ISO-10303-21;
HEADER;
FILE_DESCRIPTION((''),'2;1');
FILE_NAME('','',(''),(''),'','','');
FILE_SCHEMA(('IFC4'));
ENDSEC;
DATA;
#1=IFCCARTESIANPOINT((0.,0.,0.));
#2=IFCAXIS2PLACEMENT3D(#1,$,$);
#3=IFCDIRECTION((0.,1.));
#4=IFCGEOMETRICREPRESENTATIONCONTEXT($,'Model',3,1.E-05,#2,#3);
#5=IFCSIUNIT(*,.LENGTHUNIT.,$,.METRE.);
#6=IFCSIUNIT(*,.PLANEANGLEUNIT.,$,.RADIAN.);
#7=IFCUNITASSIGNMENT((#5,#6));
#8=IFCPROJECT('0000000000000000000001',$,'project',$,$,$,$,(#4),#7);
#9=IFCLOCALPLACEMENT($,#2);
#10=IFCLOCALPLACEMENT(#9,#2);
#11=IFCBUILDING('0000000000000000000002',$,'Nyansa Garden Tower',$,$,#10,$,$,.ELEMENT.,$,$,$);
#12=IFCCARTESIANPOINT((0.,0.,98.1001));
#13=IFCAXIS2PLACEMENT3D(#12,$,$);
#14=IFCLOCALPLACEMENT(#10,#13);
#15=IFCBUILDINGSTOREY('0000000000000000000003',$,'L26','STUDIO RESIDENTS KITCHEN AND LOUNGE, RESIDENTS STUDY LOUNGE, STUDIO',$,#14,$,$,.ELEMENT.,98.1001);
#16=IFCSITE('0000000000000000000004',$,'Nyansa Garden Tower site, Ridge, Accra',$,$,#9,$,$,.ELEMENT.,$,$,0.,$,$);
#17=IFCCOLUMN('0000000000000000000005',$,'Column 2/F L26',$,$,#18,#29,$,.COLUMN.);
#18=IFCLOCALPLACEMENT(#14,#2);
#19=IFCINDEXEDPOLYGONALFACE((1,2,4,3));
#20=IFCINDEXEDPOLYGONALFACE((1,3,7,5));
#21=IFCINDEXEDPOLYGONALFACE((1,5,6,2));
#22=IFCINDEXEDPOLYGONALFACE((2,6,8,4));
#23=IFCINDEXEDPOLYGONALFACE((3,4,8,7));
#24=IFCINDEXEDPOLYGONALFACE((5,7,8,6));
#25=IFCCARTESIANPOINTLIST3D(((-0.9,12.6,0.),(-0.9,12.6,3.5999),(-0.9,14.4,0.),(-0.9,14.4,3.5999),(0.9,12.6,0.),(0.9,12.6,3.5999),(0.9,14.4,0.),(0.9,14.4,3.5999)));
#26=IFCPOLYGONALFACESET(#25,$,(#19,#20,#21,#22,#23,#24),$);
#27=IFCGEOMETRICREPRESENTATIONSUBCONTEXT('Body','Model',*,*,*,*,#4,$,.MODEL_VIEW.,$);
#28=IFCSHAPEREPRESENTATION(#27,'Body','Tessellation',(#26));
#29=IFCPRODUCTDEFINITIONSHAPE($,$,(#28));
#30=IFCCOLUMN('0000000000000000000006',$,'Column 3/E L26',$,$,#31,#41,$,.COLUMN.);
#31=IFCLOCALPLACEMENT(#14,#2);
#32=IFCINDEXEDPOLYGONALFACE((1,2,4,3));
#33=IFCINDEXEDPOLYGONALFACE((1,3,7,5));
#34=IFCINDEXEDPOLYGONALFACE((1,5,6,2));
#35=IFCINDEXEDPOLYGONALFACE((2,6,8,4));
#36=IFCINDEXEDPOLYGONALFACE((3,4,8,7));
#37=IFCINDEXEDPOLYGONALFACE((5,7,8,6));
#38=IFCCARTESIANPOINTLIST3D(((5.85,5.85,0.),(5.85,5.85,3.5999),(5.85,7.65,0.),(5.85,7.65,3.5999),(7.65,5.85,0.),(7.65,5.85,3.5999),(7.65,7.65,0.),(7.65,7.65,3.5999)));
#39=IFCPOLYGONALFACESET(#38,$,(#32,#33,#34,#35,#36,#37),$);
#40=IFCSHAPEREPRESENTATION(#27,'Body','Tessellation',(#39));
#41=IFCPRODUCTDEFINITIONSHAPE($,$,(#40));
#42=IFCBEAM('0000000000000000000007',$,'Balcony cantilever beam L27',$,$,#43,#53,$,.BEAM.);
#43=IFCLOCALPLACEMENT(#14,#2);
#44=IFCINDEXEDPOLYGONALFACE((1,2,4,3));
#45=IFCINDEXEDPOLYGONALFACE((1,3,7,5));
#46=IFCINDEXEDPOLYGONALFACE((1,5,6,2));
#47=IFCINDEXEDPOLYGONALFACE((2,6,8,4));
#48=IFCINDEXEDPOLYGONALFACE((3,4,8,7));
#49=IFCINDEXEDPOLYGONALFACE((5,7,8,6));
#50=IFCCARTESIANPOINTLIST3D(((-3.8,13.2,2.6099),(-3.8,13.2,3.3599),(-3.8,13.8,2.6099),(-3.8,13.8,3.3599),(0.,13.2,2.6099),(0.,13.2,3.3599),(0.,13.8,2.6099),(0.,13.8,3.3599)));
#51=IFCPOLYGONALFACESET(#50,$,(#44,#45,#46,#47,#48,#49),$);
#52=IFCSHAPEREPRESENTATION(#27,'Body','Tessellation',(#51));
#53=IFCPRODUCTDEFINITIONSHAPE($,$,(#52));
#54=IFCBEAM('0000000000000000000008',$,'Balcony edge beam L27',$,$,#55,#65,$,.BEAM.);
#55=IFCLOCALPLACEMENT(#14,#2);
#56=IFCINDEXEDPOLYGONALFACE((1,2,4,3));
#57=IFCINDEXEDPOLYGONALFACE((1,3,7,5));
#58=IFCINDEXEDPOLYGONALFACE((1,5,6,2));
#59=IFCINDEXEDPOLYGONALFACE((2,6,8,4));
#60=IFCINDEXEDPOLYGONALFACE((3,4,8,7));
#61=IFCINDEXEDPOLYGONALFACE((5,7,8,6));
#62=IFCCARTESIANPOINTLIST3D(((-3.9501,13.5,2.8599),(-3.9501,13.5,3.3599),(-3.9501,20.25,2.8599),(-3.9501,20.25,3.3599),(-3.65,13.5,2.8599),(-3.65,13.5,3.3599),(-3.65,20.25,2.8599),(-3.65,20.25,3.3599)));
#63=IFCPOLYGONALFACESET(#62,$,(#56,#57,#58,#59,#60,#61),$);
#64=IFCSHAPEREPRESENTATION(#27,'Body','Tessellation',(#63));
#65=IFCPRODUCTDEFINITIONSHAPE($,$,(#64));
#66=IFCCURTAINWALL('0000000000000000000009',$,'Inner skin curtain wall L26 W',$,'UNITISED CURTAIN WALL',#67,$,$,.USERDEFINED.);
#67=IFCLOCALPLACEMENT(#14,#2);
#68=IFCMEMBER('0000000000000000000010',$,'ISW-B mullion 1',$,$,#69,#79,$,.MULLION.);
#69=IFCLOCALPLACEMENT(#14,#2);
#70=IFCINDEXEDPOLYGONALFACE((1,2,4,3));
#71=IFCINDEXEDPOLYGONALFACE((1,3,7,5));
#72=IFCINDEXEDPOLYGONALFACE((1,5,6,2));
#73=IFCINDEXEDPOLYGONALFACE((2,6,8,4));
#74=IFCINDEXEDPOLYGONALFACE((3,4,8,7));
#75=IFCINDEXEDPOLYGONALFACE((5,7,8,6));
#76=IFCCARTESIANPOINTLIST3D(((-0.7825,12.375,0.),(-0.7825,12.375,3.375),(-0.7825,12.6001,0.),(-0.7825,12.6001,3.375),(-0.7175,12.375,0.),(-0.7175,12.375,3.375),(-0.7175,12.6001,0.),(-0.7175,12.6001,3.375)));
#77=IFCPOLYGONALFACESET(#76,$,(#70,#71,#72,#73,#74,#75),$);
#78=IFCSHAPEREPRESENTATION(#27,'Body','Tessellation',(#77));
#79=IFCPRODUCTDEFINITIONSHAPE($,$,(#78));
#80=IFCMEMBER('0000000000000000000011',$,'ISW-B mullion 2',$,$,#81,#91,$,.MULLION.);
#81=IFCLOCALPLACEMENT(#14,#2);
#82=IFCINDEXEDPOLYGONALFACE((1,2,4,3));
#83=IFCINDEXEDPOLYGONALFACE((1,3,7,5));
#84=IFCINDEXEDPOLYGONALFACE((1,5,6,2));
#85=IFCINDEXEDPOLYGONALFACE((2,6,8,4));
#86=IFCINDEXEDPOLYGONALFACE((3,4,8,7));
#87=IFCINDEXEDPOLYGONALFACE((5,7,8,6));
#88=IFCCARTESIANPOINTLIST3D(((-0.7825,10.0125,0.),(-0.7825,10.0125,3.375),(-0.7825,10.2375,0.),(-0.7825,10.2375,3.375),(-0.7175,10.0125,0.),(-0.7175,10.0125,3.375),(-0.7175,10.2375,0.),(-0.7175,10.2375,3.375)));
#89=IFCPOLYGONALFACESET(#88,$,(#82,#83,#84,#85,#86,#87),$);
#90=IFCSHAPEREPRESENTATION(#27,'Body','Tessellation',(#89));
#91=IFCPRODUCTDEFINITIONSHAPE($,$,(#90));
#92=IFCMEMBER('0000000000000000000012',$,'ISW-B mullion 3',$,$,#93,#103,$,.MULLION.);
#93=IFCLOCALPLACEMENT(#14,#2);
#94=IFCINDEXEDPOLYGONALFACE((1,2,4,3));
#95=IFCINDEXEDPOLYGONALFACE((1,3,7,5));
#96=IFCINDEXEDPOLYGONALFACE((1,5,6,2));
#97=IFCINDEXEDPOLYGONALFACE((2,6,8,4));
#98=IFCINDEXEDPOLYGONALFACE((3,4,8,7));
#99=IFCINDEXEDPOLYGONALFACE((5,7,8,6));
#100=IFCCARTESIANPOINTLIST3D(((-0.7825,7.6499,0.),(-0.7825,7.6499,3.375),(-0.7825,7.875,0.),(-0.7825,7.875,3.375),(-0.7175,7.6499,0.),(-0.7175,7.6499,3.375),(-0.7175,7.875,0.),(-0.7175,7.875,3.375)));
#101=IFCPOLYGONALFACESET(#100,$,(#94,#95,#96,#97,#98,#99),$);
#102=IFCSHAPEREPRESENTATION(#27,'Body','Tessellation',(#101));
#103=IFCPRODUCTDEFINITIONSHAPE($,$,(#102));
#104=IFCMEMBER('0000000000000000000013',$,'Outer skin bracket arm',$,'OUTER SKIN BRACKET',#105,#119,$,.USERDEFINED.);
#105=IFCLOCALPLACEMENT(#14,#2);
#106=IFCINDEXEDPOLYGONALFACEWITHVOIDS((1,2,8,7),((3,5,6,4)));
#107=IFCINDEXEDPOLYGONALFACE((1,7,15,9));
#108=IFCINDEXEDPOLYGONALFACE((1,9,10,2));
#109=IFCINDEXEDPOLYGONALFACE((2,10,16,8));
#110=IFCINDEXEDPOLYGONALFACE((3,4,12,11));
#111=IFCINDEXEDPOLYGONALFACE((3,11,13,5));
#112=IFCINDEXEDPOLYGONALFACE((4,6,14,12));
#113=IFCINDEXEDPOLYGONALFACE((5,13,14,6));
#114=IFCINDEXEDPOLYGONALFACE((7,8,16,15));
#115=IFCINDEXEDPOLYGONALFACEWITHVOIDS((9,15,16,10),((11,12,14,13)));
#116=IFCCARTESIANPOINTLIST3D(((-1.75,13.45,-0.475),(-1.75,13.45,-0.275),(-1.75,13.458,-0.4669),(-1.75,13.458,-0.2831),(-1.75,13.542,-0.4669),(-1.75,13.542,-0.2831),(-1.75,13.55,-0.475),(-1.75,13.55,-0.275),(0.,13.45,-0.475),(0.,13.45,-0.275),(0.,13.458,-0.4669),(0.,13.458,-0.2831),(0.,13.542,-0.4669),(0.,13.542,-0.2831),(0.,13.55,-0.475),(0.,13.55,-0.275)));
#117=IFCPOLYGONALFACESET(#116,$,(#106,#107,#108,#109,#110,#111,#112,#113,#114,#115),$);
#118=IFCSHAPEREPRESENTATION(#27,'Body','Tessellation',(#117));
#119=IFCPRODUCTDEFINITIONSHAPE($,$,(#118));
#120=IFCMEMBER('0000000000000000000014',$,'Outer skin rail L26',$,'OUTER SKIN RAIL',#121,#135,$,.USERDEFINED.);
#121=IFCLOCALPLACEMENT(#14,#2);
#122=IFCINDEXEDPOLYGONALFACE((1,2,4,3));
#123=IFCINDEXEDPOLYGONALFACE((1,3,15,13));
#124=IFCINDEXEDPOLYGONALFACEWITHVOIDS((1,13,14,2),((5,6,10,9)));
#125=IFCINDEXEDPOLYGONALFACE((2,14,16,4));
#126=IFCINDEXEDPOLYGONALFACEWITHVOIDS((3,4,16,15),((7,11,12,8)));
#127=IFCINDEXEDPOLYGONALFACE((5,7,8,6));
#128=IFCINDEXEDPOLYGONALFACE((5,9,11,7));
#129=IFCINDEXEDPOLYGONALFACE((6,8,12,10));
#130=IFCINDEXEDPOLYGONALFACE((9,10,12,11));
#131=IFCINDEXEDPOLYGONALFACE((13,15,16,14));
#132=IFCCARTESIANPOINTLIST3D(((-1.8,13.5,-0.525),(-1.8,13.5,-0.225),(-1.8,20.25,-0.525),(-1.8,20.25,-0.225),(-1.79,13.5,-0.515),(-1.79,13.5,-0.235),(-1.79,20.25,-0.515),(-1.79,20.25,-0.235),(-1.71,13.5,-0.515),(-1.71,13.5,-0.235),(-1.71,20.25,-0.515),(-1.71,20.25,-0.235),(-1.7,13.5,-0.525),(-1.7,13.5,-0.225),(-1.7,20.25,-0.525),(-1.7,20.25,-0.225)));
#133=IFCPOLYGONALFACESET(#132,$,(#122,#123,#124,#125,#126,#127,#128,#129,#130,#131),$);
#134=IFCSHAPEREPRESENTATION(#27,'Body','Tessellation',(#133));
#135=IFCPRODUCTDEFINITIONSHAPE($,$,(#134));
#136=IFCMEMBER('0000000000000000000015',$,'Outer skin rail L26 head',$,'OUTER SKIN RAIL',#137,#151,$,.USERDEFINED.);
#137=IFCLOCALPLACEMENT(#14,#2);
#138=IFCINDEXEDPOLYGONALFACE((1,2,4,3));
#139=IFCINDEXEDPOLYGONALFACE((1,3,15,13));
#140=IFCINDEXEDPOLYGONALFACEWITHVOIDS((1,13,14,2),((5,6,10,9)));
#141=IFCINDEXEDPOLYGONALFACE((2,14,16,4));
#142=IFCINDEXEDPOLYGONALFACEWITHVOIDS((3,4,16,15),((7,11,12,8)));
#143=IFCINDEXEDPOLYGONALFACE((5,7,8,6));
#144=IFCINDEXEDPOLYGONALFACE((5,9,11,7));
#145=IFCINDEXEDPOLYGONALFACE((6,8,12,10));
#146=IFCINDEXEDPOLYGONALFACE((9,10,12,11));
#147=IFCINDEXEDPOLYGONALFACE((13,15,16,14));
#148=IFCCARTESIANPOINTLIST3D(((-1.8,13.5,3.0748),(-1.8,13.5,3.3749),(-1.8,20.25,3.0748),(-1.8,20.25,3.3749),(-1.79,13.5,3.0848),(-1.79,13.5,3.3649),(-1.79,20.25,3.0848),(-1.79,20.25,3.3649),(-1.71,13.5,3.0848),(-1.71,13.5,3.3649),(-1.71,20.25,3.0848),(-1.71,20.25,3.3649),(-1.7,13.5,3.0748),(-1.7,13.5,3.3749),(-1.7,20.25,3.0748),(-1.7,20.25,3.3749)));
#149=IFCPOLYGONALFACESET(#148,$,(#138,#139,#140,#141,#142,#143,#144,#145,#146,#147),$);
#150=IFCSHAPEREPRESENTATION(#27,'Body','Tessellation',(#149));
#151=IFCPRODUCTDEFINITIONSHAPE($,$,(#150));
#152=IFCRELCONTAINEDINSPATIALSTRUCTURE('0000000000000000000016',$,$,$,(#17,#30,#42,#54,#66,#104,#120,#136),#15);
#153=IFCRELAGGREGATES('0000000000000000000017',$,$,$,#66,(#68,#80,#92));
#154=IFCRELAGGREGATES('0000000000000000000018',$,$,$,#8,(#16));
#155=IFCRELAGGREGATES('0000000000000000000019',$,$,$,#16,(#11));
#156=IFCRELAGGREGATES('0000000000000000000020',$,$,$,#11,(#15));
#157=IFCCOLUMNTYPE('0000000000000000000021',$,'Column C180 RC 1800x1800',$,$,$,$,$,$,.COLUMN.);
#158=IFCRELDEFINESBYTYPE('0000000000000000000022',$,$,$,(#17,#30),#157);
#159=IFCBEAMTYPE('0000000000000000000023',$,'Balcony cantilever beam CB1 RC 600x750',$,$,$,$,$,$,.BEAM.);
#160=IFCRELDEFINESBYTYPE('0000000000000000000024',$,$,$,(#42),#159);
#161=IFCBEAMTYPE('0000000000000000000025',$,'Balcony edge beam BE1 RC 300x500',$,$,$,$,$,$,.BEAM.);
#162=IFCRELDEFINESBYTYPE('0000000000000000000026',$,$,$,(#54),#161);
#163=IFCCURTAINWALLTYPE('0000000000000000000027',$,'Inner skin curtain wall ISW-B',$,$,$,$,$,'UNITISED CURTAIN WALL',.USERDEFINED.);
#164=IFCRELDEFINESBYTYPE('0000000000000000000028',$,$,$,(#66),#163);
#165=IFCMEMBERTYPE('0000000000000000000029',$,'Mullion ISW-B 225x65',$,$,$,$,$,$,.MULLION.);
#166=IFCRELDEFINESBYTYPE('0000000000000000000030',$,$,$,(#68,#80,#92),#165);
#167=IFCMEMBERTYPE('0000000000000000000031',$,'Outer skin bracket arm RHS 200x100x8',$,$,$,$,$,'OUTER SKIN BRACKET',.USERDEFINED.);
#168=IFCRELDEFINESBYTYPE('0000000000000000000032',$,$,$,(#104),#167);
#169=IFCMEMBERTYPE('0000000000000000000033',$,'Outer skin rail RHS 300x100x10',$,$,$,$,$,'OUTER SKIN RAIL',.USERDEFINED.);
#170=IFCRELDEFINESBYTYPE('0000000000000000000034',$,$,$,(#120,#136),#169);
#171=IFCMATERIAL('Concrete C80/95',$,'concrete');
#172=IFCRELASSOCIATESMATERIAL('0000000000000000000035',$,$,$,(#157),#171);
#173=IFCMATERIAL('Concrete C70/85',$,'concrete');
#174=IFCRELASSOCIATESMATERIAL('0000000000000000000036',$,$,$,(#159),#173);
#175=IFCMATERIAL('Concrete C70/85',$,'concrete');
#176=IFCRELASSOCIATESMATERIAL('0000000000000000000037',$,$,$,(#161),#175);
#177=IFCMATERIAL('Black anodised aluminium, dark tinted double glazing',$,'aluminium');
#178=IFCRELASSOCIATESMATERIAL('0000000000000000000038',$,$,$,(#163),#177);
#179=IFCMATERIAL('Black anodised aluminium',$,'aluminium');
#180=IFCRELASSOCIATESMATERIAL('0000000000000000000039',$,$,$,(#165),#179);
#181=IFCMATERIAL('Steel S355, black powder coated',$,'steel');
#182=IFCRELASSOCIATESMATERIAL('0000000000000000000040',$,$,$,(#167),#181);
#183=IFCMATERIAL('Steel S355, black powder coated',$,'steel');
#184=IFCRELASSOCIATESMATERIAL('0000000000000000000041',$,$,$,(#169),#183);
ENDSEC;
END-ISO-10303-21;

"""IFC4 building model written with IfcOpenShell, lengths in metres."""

from ifc_helpers import new_model, si_unit, direction, frame, origin, origin_2d, place, context, subcontext, project, spatial, rectangle, hollow_rectangle, extrude, material, material_profile, profile_set, type_object, element, aggregate, save


model = new_model("IFC4")

# Units and contexts
model_context = context("Model", 3, precision=1e-05, world=origin(), true_north=direction((0.0, 1.0)))
body_context = subcontext(model_context, "Body", "Model", "MODEL_VIEW")
ifc_project = project(units=[si_unit("LENGTHUNIT", "METRE"), si_unit("PLANEANGLEUNIT", "RADIAN")], contexts=[model_context])

# Site, building, storey
site_placement = place(None, origin())
site = spatial("IfcSite", under=ifc_project, at=site_placement, Name="Nyansa Garden Tower site, Ridge, Accra", CompositionType="ELEMENT", RefElevation=0.0)
building_placement = place(site_placement, origin())
building = spatial("IfcBuilding", under=site, at=building_placement, Name="Nyansa Garden Tower", CompositionType="ELEMENT")
storey_placement = place(building_placement, frame((0.0, 0.0, 98.1001)))
storey = spatial("IfcBuildingStorey", under=building, at=storey_placement, Name="L26", Description="STUDIO RESIDENTS KITCHEN AND LOUNGE, RESIDENTS STUDY LOUNGE, STUDIO", CompositionType="ELEMENT", Elevation=98.1001)

# Columns
ifc_material_1 = material(Name="Concrete C80/95", Category="concrete")
ifc_material_profile_1 = material_profile(ifc_material_1, rectangle(XDim=1.8, YDim=1.8, at=origin_2d()), Name="RC 1800x1800")
ifc_profile_set_1 = profile_set([ifc_material_profile_1], Name="Concrete C80/95")
column_type = type_object("IfcColumnType", Name="Column C180 RC 1800x1800", PredefinedType="COLUMN", material=ifc_profile_set_1)
for number, where, z_axis, x_axis, name in (
    (1, (0.0, 13.5, 0.0), (0.0, 0.0, 1.0), (1.0, 0.0, 0.0), "Column 2/F L26"),
    (2, (6.75, 6.75, 0.0), (0.0, 0.0, 1.0), (1.0, 0.0, 0.0), "Column 3/E L26"),
):
    element("IfcColumn", number, at=place(storey_placement, frame(where, z_axis=z_axis, x_axis=x_axis)), inside=storey, type_object=column_type, Name=name, PredefinedType="COLUMN", context=body_context, shape_type="SweptSolid", body=[
        extrude(rectangle(XDim=1.8, YDim=1.8, at=origin_2d()), origin(), (0.0, 0.0, 1.0), 3.5999),
    ])

# Beams
ifc_material_2 = material(Name="Concrete C70/85", Category="concrete")
ifc_material_profile_2 = material_profile(ifc_material_2, rectangle(XDim=0.6001, YDim=0.75, at=origin_2d()), Name="RC 600x750")
ifc_profile_set_2 = profile_set([ifc_material_profile_2], Name="Concrete C70/85")
beam_type_1 = type_object("IfcBeamType", Name="Balcony cantilever beam CB1 RC 600x750", PredefinedType="BEAM", material=ifc_profile_set_2)
beam_1_placement = place(storey_placement, frame((0.0, 13.5, 2.9849), z_axis=(-1.0, 0.0, 0.0), x_axis=(0.0, -1.0, 0.0)))
element("IfcBeam", 3, at=beam_1_placement, inside=storey, type_object=beam_type_1, Name="Balcony cantilever beam L27", PredefinedType="BEAM", context=body_context, shape_type="SweptSolid", body=[
    extrude(rectangle(XDim=0.6001, YDim=0.75, at=origin_2d()), origin(), (0.0, 0.0, 1.0), 3.8),
])
ifc_material_3 = material(Name="Concrete C70/85", Category="concrete")
ifc_material_profile_3 = material_profile(ifc_material_3, rectangle(XDim=0.3, YDim=0.5, at=origin_2d()), Name="RC 300x500")
ifc_profile_set_3 = profile_set([ifc_material_profile_3], Name="Concrete C70/85")
beam_type_2 = type_object("IfcBeamType", Name="Balcony edge beam BE1 RC 300x500", PredefinedType="BEAM", material=ifc_profile_set_3)
beam_2_placement = place(storey_placement, frame((-3.8, 13.5, 3.1099), z_axis=(0.0, 1.0, 0.0), x_axis=(-1.0, 0.0, 0.0)))
element("IfcBeam", 4, at=beam_2_placement, inside=storey, type_object=beam_type_2, Name="Balcony edge beam L27", PredefinedType="BEAM", context=body_context, shape_type="SweptSolid", body=[
    extrude(rectangle(XDim=0.3, YDim=0.5, at=origin_2d()), origin(), (0.0, 0.0, 1.0), 6.75),
])

# Curtain wall, members
ifc_material_4 = material(Name="Black anodised aluminium, dark tinted double glazing", Category="aluminium")
curtain_wall_type = type_object("IfcCurtainWallType", Name="Inner skin curtain wall ISW-B", ElementType="UNITISED CURTAIN WALL", PredefinedType="USERDEFINED", material=ifc_material_4)
curtain_wall_placement = place(storey_placement, origin())
curtain_wall = element("IfcCurtainWall", 5, at=curtain_wall_placement, inside=storey, type_object=curtain_wall_type, Name="Inner skin curtain wall L26 W", ObjectType="UNITISED CURTAIN WALL", PredefinedType="USERDEFINED")
ifc_material_5 = material(Name="Black anodised aluminium", Category="aluminium")
ifc_material_profile_4 = material_profile(ifc_material_5, rectangle(XDim=0.0649, YDim=0.2251, at=origin_2d()), Name="Mullion 225x65")
ifc_profile_set_4 = profile_set([ifc_material_profile_4], Name="Black anodised aluminium")
member_type_1 = type_object("IfcMemberType", Name="Mullion ISW-B 225x65", PredefinedType="MULLION", material=ifc_profile_set_4)
member_1_placement = place(storey_placement, frame((-0.75, 12.4875, 0.0), z_axis=(0.0, 0.0, 1.0), x_axis=(1.0, 0.0, 0.0)))
member_1 = element("IfcMember", 6, at=member_1_placement, type_object=member_type_1, Name="ISW-B mullion 1", PredefinedType="MULLION", context=body_context, shape_type="SweptSolid", body=[
    extrude(rectangle(XDim=0.0649, YDim=0.2251, at=origin_2d()), origin(), (0.0, 0.0, 1.0), 3.375),
])
member_2_placement = place(storey_placement, frame((-0.75, 10.125, 0.0), z_axis=(0.0, 0.0, 1.0), x_axis=(1.0, 0.0, 0.0)))
member_2 = element("IfcMember", 7, at=member_2_placement, type_object=member_type_1, Name="ISW-B mullion 2", PredefinedType="MULLION", context=body_context, shape_type="SweptSolid", body=[
    extrude(rectangle(XDim=0.0649, YDim=0.2251, at=origin_2d()), origin(), (0.0, 0.0, 1.0), 3.375),
])
member_3_placement = place(storey_placement, frame((-0.75, 7.7625, 0.0), z_axis=(0.0, 0.0, 1.0), x_axis=(1.0, 0.0, 0.0)))
member_3 = element("IfcMember", 8, at=member_3_placement, type_object=member_type_1, Name="ISW-B mullion 3", PredefinedType="MULLION", context=body_context, shape_type="SweptSolid", body=[
    extrude(rectangle(XDim=0.0649, YDim=0.2251, at=origin_2d()), origin(), (0.0, 0.0, 1.0), 3.375),
])

# Members
ifc_material_6 = material(Name="Steel S355, black powder coated", Category="steel")
ifc_material_profile_5 = material_profile(ifc_material_6, hollow_rectangle(XDim=0.1001, YDim=0.2, WallThickness=0.0081, at=origin_2d()), Name="RHS 200x100x8")
ifc_profile_set_5 = profile_set([ifc_material_profile_5], Name="Steel S355, black powder coated")
member_type_2 = type_object("IfcMemberType", Name="Outer skin bracket arm RHS 200x100x8", ElementType="OUTER SKIN BRACKET", PredefinedType="USERDEFINED", material=ifc_profile_set_5)
member_4_placement = place(storey_placement, frame((0.0, 13.5, -0.375), z_axis=(-1.0, 0.0, 0.0), x_axis=(0.0, -1.0, 0.0)))
element("IfcMember", 9, at=member_4_placement, inside=storey, type_object=member_type_2, Name="Outer skin bracket arm", ObjectType="OUTER SKIN BRACKET", PredefinedType="USERDEFINED", context=body_context, shape_type="SweptSolid", body=[
    extrude(hollow_rectangle(XDim=0.1001, YDim=0.2, WallThickness=0.0081, at=origin_2d()), origin(), (0.0, 0.0, 1.0), 1.75),
])
ifc_material_7 = material(Name="Steel S355, black powder coated", Category="steel")
ifc_material_profile_6 = material_profile(ifc_material_7, hollow_rectangle(XDim=0.1001, YDim=0.3, WallThickness=0.01, at=origin_2d()), Name="RHS 300x100x10")
ifc_profile_set_6 = profile_set([ifc_material_profile_6], Name="Steel S355, black powder coated")
member_type_3 = type_object("IfcMemberType", Name="Outer skin rail RHS 300x100x10", ElementType="OUTER SKIN RAIL", PredefinedType="USERDEFINED", material=ifc_profile_set_6)
for number, where, z_axis, x_axis, name in (
    (10, (-1.75, 13.5, -0.375), (0.0, 1.0, 0.0), (-1.0, 0.0, 0.0), "Outer skin rail L26"),
    (11, (-1.75, 13.5, 3.2249), (0.0, 1.0, 0.0), (-1.0, 0.0, 0.0), "Outer skin rail L26 head"),
):
    element("IfcMember", number, at=place(storey_placement, frame(where, z_axis=z_axis, x_axis=x_axis)), inside=storey, type_object=member_type_3, Name=name, ObjectType="OUTER SKIN RAIL", PredefinedType="USERDEFINED", context=body_context, shape_type="SweptSolid", body=[
        extrude(hollow_rectangle(XDim=0.1001, YDim=0.3, WallThickness=0.01, at=origin_2d()), origin(), (0.0, 0.0, 1.0), 6.75),
    ])

aggregate(curtain_wall, [member_1, member_2, member_3])

save(model, "model.ifc")
